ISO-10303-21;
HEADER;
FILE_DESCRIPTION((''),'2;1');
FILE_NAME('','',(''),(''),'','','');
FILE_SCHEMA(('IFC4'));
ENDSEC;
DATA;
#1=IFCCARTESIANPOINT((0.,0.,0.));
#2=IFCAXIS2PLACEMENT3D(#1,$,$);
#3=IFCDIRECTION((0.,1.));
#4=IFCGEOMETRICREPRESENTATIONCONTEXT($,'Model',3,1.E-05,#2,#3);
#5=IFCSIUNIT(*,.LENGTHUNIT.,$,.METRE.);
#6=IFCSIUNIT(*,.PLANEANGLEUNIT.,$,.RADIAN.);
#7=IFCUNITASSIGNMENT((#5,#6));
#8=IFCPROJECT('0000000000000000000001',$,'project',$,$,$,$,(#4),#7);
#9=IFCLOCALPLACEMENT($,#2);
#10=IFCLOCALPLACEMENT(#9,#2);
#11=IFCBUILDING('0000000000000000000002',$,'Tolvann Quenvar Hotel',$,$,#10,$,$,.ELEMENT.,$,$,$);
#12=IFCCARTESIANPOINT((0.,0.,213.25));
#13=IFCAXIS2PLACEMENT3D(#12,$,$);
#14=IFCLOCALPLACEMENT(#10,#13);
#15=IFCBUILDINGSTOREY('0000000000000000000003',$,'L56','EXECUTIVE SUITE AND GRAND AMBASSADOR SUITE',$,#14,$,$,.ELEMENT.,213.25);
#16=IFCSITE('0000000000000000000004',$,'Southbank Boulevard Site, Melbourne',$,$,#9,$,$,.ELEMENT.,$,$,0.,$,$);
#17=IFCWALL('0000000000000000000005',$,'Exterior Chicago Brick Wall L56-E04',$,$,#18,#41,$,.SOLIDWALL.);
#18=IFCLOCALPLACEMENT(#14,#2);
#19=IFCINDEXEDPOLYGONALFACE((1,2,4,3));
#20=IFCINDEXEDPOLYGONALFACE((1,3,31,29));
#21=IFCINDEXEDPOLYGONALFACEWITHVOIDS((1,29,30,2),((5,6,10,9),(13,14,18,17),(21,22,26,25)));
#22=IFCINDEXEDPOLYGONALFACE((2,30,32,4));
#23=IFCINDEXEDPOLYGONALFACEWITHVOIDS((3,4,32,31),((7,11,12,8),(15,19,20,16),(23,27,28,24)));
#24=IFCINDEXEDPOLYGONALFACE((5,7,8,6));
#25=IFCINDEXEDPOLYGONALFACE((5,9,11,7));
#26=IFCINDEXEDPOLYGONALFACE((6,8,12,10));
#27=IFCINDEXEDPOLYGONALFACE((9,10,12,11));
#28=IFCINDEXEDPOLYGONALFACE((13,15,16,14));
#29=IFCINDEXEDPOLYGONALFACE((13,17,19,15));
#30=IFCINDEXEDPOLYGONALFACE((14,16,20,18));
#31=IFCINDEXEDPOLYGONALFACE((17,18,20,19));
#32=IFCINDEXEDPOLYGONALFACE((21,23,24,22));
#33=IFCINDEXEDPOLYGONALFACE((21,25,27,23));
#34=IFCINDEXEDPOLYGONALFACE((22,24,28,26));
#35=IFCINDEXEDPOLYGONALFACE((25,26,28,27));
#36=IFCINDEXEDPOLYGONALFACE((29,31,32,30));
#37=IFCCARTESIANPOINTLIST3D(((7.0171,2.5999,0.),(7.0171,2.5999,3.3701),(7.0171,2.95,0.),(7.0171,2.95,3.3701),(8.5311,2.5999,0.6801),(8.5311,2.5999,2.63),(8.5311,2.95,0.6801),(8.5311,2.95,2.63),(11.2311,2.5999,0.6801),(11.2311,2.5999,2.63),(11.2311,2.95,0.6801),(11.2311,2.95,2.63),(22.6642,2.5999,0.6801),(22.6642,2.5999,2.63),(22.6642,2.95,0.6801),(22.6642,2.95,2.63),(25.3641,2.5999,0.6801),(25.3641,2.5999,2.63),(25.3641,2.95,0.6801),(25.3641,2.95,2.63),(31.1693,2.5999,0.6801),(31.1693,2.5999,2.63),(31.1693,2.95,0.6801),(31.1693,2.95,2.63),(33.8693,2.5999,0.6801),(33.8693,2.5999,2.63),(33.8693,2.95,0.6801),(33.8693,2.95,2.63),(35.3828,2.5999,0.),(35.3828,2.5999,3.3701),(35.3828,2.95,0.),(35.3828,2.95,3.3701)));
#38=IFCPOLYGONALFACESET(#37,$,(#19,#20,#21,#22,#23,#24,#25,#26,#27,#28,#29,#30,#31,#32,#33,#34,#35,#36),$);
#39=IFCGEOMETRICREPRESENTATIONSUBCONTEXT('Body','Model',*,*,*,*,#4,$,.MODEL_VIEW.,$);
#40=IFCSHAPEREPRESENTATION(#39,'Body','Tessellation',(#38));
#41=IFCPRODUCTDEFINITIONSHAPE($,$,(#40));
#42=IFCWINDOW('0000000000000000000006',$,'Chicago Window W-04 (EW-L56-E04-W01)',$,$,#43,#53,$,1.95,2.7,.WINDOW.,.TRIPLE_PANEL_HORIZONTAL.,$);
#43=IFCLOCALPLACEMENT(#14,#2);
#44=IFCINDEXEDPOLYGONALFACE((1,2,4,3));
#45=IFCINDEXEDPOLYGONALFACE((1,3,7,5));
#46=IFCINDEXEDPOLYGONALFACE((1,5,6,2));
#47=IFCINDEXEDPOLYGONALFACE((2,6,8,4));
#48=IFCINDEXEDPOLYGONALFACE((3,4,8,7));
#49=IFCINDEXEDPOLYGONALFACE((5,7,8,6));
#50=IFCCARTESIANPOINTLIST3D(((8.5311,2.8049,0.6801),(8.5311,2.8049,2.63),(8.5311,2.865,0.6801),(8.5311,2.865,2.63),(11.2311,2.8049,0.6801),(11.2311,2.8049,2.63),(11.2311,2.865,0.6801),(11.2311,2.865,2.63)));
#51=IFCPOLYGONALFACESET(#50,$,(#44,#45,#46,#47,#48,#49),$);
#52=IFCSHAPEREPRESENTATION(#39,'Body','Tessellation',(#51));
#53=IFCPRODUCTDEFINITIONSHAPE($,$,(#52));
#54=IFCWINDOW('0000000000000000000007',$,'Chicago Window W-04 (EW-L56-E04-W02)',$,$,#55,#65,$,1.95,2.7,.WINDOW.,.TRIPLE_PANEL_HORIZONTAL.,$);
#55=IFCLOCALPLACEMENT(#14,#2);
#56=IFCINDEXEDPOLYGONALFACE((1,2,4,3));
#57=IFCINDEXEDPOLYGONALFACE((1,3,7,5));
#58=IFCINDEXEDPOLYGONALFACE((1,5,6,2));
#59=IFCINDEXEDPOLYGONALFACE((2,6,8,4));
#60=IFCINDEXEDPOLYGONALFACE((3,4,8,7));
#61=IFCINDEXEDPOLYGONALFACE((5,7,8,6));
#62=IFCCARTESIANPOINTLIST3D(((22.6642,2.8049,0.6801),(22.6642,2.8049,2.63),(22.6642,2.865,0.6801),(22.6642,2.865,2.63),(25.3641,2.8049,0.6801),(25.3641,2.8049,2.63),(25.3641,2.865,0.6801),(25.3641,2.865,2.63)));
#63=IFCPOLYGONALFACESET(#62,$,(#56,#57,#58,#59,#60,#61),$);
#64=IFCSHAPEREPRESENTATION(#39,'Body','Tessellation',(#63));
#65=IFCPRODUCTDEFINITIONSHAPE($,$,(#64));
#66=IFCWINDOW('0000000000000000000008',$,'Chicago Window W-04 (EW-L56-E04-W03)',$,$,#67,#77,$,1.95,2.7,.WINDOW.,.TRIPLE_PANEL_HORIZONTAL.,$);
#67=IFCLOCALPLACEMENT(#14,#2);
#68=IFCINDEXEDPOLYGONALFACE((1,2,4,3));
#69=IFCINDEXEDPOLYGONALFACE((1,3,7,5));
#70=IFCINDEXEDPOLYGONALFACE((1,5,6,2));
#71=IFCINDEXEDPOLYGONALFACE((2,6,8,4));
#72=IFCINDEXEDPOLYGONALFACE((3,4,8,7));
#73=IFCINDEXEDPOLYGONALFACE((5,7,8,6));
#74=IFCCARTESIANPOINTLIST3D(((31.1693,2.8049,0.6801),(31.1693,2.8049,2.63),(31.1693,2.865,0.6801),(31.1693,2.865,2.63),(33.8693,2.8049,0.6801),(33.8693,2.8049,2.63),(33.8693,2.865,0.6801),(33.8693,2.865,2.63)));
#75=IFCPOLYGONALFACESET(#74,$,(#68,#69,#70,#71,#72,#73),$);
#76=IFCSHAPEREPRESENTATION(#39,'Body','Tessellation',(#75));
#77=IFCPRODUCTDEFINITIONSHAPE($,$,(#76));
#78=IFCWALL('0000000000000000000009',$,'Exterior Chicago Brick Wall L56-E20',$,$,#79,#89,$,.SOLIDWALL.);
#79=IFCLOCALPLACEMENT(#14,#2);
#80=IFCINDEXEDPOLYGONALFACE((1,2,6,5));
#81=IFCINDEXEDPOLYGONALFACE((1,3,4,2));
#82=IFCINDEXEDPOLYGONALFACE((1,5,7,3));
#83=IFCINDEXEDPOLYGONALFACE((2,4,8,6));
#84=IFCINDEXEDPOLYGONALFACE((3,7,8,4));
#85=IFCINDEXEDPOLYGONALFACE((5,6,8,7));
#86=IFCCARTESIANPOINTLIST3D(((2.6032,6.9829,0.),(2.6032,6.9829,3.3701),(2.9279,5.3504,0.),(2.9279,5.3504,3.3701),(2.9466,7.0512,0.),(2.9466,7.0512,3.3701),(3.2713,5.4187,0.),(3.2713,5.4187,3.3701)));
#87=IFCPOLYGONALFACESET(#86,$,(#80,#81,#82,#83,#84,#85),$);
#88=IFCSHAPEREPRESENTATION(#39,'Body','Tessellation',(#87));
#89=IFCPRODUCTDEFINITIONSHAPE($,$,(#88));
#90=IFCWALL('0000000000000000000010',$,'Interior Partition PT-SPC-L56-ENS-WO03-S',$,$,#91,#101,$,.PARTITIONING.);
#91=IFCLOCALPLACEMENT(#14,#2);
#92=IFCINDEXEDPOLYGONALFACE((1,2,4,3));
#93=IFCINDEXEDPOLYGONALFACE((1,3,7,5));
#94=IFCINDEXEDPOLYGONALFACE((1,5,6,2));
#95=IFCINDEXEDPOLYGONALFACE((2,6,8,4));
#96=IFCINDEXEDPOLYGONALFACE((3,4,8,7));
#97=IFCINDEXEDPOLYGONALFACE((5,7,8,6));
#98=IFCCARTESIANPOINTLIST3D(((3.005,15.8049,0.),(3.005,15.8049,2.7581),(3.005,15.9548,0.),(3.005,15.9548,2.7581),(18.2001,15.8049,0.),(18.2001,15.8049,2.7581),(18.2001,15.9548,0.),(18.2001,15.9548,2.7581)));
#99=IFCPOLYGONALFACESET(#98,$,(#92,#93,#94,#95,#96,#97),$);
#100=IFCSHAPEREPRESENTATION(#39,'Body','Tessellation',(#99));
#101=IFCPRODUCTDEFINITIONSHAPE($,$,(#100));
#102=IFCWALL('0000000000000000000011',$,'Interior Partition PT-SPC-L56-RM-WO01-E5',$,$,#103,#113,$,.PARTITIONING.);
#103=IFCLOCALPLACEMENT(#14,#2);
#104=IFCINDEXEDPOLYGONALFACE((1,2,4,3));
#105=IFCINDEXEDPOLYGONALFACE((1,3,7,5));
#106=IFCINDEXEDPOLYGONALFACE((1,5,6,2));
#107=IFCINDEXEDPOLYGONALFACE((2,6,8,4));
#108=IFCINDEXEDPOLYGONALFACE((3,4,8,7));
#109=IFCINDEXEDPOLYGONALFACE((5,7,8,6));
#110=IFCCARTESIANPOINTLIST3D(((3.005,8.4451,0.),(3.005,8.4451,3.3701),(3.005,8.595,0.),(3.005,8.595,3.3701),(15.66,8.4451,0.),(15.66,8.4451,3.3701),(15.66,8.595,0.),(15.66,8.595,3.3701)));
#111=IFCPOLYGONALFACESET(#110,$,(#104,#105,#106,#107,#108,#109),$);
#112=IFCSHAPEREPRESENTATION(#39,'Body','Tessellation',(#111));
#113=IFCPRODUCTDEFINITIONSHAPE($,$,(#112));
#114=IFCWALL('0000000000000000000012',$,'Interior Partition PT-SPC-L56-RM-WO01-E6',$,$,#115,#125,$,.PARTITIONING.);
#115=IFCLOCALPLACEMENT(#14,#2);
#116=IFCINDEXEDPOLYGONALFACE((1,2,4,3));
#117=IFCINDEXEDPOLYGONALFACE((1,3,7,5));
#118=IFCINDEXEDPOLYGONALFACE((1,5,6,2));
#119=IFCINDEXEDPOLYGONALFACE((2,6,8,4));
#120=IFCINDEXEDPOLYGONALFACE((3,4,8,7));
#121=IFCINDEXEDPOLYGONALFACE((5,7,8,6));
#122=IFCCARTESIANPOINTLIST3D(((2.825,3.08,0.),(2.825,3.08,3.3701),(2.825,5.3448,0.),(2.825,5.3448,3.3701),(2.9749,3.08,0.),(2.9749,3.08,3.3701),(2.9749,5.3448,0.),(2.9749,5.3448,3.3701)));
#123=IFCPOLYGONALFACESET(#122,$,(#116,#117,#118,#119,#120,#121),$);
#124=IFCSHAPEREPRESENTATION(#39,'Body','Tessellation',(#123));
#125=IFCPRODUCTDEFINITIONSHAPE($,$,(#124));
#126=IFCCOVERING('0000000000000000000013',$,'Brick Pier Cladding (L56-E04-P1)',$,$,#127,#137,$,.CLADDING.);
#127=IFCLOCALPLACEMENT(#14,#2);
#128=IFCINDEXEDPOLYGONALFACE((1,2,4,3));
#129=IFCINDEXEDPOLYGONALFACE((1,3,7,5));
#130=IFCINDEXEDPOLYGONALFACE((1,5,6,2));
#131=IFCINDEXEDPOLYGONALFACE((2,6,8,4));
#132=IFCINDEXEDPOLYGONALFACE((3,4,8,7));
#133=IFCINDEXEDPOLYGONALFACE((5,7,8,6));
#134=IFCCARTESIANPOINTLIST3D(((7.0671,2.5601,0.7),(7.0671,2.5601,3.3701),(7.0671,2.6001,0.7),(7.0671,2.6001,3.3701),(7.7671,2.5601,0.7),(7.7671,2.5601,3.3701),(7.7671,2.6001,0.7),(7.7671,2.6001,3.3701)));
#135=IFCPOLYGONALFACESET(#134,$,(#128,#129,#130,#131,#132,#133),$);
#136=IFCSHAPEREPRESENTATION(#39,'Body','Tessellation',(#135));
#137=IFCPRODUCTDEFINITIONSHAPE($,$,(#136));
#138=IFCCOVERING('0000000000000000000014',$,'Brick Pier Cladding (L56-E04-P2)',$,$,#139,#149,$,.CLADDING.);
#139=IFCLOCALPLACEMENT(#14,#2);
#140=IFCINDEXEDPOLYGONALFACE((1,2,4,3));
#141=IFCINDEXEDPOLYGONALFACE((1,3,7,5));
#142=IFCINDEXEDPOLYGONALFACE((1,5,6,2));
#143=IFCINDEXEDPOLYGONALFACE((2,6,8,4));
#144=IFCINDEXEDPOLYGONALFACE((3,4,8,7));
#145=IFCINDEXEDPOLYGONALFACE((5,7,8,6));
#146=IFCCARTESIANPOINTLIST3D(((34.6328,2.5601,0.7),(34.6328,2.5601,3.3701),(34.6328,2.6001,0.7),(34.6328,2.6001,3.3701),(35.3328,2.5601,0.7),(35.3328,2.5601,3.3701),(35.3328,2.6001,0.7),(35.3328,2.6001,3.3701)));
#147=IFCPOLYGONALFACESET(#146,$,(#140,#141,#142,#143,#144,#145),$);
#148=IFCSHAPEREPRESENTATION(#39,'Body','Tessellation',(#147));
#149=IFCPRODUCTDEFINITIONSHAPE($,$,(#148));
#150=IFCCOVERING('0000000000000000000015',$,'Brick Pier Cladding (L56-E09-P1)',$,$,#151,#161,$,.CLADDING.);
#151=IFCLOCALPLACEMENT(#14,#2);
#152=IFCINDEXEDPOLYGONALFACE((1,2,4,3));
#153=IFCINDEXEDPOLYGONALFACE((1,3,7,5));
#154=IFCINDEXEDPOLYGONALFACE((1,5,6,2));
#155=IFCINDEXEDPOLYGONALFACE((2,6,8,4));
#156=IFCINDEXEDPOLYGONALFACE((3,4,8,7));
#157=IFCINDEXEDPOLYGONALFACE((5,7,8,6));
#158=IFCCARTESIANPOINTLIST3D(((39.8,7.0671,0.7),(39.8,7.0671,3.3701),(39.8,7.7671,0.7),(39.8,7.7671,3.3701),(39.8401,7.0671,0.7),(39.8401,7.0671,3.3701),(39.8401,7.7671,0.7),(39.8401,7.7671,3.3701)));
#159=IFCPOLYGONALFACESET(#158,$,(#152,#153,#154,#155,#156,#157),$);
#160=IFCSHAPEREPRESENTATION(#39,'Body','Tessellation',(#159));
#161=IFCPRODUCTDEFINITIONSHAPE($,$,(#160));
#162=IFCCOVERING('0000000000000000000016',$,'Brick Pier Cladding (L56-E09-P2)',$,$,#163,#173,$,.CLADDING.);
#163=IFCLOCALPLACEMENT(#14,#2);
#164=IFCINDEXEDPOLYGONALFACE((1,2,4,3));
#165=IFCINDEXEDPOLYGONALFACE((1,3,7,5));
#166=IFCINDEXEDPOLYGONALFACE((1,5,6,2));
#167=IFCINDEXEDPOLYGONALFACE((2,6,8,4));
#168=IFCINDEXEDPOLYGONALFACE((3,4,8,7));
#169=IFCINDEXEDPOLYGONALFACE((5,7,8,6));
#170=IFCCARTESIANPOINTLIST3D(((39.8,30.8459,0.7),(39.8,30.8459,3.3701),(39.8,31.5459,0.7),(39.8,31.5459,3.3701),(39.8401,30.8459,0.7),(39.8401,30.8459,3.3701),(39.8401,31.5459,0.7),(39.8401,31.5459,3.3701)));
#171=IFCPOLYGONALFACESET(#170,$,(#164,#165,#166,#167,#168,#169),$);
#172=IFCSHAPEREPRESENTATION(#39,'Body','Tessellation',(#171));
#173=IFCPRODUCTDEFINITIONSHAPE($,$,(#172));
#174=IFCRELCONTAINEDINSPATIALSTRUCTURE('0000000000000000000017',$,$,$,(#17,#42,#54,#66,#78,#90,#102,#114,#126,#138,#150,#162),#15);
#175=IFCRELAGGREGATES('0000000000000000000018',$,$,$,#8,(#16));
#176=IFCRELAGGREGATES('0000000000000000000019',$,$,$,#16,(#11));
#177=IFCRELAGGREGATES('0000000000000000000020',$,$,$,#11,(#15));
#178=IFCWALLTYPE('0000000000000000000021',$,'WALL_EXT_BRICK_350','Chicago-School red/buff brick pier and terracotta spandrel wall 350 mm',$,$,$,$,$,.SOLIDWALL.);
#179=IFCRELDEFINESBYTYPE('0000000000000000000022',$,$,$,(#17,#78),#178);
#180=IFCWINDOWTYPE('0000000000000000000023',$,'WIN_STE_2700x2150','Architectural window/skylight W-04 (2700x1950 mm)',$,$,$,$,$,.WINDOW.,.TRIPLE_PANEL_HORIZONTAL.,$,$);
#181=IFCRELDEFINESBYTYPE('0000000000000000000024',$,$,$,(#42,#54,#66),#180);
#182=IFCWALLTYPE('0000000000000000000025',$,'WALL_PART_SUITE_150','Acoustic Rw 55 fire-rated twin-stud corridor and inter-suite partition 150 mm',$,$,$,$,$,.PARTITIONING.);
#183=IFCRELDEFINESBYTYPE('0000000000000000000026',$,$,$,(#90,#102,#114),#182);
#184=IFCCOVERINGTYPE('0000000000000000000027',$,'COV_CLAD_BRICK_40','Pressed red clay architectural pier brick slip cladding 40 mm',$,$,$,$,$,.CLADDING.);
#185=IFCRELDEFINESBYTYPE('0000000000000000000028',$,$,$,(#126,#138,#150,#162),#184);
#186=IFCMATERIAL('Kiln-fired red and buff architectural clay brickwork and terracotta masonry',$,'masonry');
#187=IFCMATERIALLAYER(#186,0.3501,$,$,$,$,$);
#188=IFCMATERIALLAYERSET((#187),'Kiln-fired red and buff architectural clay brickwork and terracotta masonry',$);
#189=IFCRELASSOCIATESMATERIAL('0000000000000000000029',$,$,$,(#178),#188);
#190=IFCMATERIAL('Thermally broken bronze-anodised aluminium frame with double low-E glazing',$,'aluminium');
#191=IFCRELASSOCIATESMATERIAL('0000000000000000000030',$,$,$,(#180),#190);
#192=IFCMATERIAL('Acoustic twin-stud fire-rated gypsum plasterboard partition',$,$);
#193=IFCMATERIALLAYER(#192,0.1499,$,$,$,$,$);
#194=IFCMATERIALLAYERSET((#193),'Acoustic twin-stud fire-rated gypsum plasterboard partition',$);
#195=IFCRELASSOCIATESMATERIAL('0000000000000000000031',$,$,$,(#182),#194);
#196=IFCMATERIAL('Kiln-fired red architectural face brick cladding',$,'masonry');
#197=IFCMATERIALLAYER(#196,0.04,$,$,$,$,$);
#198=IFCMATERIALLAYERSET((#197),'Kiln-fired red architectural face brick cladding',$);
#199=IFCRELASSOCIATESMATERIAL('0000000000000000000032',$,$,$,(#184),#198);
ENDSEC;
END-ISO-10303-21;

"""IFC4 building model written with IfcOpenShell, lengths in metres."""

from ifc_helpers import new_model, si_unit, direction, frame, frame_2d, origin, place, context, subcontext, project, spatial, polyline, rectangle, outline, extrude, source, transform, mapped, material, layer, layer_set, type_object, type_shapes, element, fill, save


model = new_model("IFC4")

# Units and contexts
model_context = context("Model", 3, precision=1e-05, world=origin(), true_north=direction((0.0, 1.0)))
body_context = subcontext(model_context, "Body", "Model", "MODEL_VIEW")
ifc_project = project(units=[si_unit("LENGTHUNIT", "METRE"), si_unit("PLANEANGLEUNIT", "RADIAN")], contexts=[model_context])

# Site, building, storey
site_placement = place(None, origin())
site = spatial("IfcSite", under=ifc_project, at=site_placement, Name="Southbank Boulevard Site, Melbourne", CompositionType="ELEMENT", RefElevation=0.0)
building_placement = place(site_placement, origin())
building = spatial("IfcBuilding", under=site, at=building_placement, Name="Tolvann Quenvar Hotel", CompositionType="ELEMENT")
storey_placement = place(building_placement, frame((0.0, 0.0, 213.25)))
storey = spatial("IfcBuildingStorey", under=building, at=storey_placement, Name="L56", Description="EXECUTIVE SUITE AND GRAND AMBASSADOR SUITE", CompositionType="ELEMENT", Elevation=213.25)

# Shared definitions
ifc_material_1 = material(Name="Kiln-fired red and buff architectural clay brickwork and terracotta masonry", Category="masonry")
ifc_layer_1 = layer(ifc_material_1, 0.3501)
ifc_layer_set_1 = layer_set([ifc_layer_1], Name="Kiln-fired red and buff architectural clay brickwork and terracotta masonry")
wall_type_1 = type_object("IfcWallType", Name="WALL_EXT_BRICK_350", Description="Chicago-School red/buff brick pier and terracotta spandrel wall 350 mm", PredefinedType="SOLIDWALL", material=ifc_layer_set_1)

# Wall, openings, windows
wall_1_placement = place(storey_placement, frame((7.0171, 2.7749, 0.0), z_axis=(0.0, 0.0, 1.0), x_axis=(1.0, 0.0, 0.0)))
wall_1 = element("IfcWall", 1, at=wall_1_placement, inside=storey, type_object=wall_type_1, Name="Exterior Chicago Brick Wall L56-E04", PredefinedType="SOLIDWALL", context=body_context, shape_type="SweptSolid", body=[
    extrude(rectangle(XDim=28.3657, YDim=0.3501, at=frame_2d((14.1829, 0.0))), origin(), (0.0, 0.0, 1.0), 3.3701),
])
opening_1_placement = place(wall_1_placement, frame((1.5139, 0.0, 0.6799)))
opening_1 = element("IfcOpeningElement", 2, at=opening_1_placement, cuts=wall_1, PredefinedType="OPENING", context=body_context, shape_type="SweptSolid", body=[
    extrude(rectangle(XDim=2.7, YDim=1.95, at=frame_2d((1.3501, 0.9751))), frame((0.0, 0.1851, 0.0), z_axis=(0.0, -1.0, 0.0), x_axis=(1.0, 0.0, 0.0)), (0.0, 0.0, 1.0), 0.3701),
])
opening_2_placement = place(wall_1_placement, frame((15.647, 0.0, 0.6799)))
opening_2 = element("IfcOpeningElement", 3, at=opening_2_placement, cuts=wall_1, PredefinedType="OPENING", context=body_context, shape_type="SweptSolid", body=[
    extrude(rectangle(XDim=2.7, YDim=1.95, at=frame_2d((1.3501, 0.9751))), frame((0.0, 0.1851, 0.0), z_axis=(0.0, -1.0, 0.0), x_axis=(1.0, 0.0, 0.0)), (0.0, 0.0, 1.0), 0.3701),
])
opening_3_placement = place(wall_1_placement, frame((24.1521, 0.0, 0.6799)))
opening_3 = element("IfcOpeningElement", 4, at=opening_3_placement, cuts=wall_1, PredefinedType="OPENING", context=body_context, shape_type="SweptSolid", body=[
    extrude(rectangle(XDim=2.7, YDim=1.95, at=frame_2d((1.3501, 0.9751))), frame((0.0, 0.1851, 0.0), z_axis=(0.0, -1.0, 0.0), x_axis=(1.0, 0.0, 0.0)), (0.0, 0.0, 1.0), 0.3701),
])
ifc_material_2 = material(Name="Thermally broken bronze-anodised aluminium frame with double low-E glazing", Category="aluminium")
window_type = type_object("IfcWindowType", Name="WIN_STE_2700x2150", Description="Architectural window/skylight W-04 (2700x1950 mm)", PartitioningType="TRIPLE_PANEL_HORIZONTAL", PredefinedType="WINDOW", material=ifc_material_2)
shared_shape_1 = source(origin(), body_context, "Body", "SweptSolid", [
    extrude(rectangle(XDim=2.7, YDim=1.95, at=frame_2d((1.3501, 0.9751))), frame((0.0, 0.0901, 0.0), z_axis=(0.0, -1.0, 0.0), x_axis=(1.0, 0.0, 0.0)), (0.0, 0.0, 1.0), 0.0601),
])
type_shapes(window_type, [shared_shape_1])
window_1_placement = place(opening_1_placement, origin())
window_1 = element("IfcWindow", 5, at=window_1_placement, inside=storey, type_object=window_type, Name="Chicago Window W-04 (EW-L56-E04-W01)", OverallHeight=1.95, OverallWidth=2.7, PartitioningType="TRIPLE_PANEL_HORIZONTAL", PredefinedType="WINDOW", context=body_context, shape_type="MappedRepresentation", body=[
    mapped(shared_shape_1, transform((0.0, 0.0, 0.0), x_axis=(1.0, 0.0, 0.0), y_axis=(0.0, 1.0, 0.0), z_axis=(0.0, 0.0, 1.0), scale=1.0)),
])
fill(opening_1, window_1)
window_2_placement = place(opening_2_placement, origin())
window_2 = element("IfcWindow", 6, at=window_2_placement, inside=storey, type_object=window_type, Name="Chicago Window W-04 (EW-L56-E04-W02)", OverallHeight=1.95, OverallWidth=2.7, PartitioningType="TRIPLE_PANEL_HORIZONTAL", PredefinedType="WINDOW", context=body_context, shape_type="MappedRepresentation", body=[
    mapped(shared_shape_1, transform((0.0, 0.0, 0.0), x_axis=(1.0, 0.0, 0.0), y_axis=(0.0, 1.0, 0.0), z_axis=(0.0, 0.0, 1.0), scale=1.0)),
])
fill(opening_2, window_2)
window_3_placement = place(opening_3_placement, origin())
window_3 = element("IfcWindow", 7, at=window_3_placement, inside=storey, type_object=window_type, Name="Chicago Window W-04 (EW-L56-E04-W03)", OverallHeight=1.95, OverallWidth=2.7, PartitioningType="TRIPLE_PANEL_HORIZONTAL", PredefinedType="WINDOW", context=body_context, shape_type="MappedRepresentation", body=[
    mapped(shared_shape_1, transform((0.0, 0.0, 0.0), x_axis=(1.0, 0.0, 0.0), y_axis=(0.0, 1.0, 0.0), z_axis=(0.0, 0.0, 1.0), scale=1.0)),
])
fill(opening_3, window_3)

# Walls
wall_2_placement = place(storey_placement, frame((2.7749, 7.0171, 0.0), z_axis=(0.0, 0.0, 1.0), x_axis=(0.195072, -0.980789, 0.0)))
element("IfcWall", 8, at=wall_2_placement, inside=storey, type_object=wall_type_1, Name="Exterior Chicago Brick Wall L56-E20", PredefinedType="SOLIDWALL", context=body_context, shape_type="SweptSolid", body=[
    extrude(rectangle(XDim=1.6646, YDim=0.3501, at=frame_2d((0.8323, 0.0))), origin(), (0.0, 0.0, 1.0), 3.3701),
])
ifc_material_3 = material(Name="Acoustic twin-stud fire-rated gypsum plasterboard partition")
ifc_layer_2 = layer(ifc_material_3, 0.1499)
ifc_layer_set_2 = layer_set([ifc_layer_2], Name="Acoustic twin-stud fire-rated gypsum plasterboard partition")
wall_type_2 = type_object("IfcWallType", Name="WALL_PART_SUITE_150", Description="Acoustic Rw 55 fire-rated twin-stud corridor and inter-suite partition 150 mm", PredefinedType="PARTITIONING", material=ifc_layer_set_2)
wall_3_placement = place(storey_placement, frame((3.0049, 15.8799, 0.0), z_axis=(0.0, 0.0, 1.0), x_axis=(1.0, 0.0, 0.0)))
element("IfcWall", 9, at=wall_3_placement, inside=storey, type_object=wall_type_2, Name="Interior Partition PT-SPC-L56-ENS-WO03-S", PredefinedType="PARTITIONING", context=body_context, shape_type="SweptSolid", body=[
    extrude(rectangle(XDim=15.1951, YDim=0.1499, at=frame_2d((7.5977, 0.0))), origin(), (0.0, 0.0, 1.0), 2.7581),
])
wall_4_placement = place(storey_placement, frame((3.0049, 8.52, 0.0), z_axis=(0.0, 0.0, 1.0), x_axis=(1.0, 0.0, 0.0)))
element("IfcWall", 10, at=wall_4_placement, inside=storey, type_object=wall_type_2, Name="Interior Partition PT-SPC-L56-RM-WO01-E5", PredefinedType="PARTITIONING", context=body_context, shape_type="SweptSolid", body=[
    extrude(rectangle(XDim=12.655, YDim=0.1499, at=frame_2d((6.3276, 0.0))), origin(), (0.0, 0.0, 1.0), 3.3701),
])
wall_5_placement = place(storey_placement, frame((2.8999, 3.0801, 0.0), z_axis=(0.0, 0.0, 1.0), x_axis=(0.0, 1.0, 0.0)))
element("IfcWall", 11, at=wall_5_placement, inside=storey, type_object=wall_type_2, Name="Interior Partition PT-SPC-L56-RM-WO01-E6", PredefinedType="PARTITIONING", context=body_context, shape_type="SweptSolid", body=[
    extrude(rectangle(XDim=2.2649, YDim=0.1499, at=frame_2d((1.1323, 0.0))), origin(), (0.0, 0.0, 1.0), 3.3701),
])

# Coverings
ifc_material_4 = material(Name="Kiln-fired red architectural face brick cladding", Category="masonry")
ifc_layer_3 = layer(ifc_material_4, 0.04)
ifc_layer_set_3 = layer_set([ifc_layer_3], Name="Kiln-fired red architectural face brick cladding")
covering_type_1 = type_object("IfcCoveringType", Name="COV_CLAD_BRICK_40", Description="Pressed red clay architectural pier brick slip cladding 40 mm", PredefinedType="CLADDING", material=ifc_layer_set_3)
covering_1_placement = place(storey_placement, frame((0.0, 0.0, 0.7)))
element("IfcCovering", 12, at=covering_1_placement, inside=storey, type_object=covering_type_1, Name="Brick Pier Cladding (L56-E04-P1)", PredefinedType="CLADDING", context=body_context, shape_type="SweptSolid", body=[
    extrude(outline(polyline([(7.0671, 2.6001), (7.7671, 2.6001), (7.7671, 2.5601), (7.0671, 2.5601), (7.0671, 2.6001)])), origin(), (0.0, 0.0, 1.0), 2.6702),
])
covering_2_placement = place(storey_placement, frame((0.0, 0.0, 0.7)))
element("IfcCovering", 13, at=covering_2_placement, inside=storey, type_object=covering_type_1, Name="Brick Pier Cladding (L56-E04-P2)", PredefinedType="CLADDING", context=body_context, shape_type="SweptSolid", body=[
    extrude(outline(polyline([(34.6328, 2.6001), (35.3328, 2.6001), (35.3328, 2.5601), (34.6328, 2.5601), (34.6328, 2.6001)])), origin(), (0.0, 0.0, 1.0), 2.6702),
])
covering_3_placement = place(storey_placement, frame((0.0, 0.0, 0.7)))
element("IfcCovering", 14, at=covering_3_placement, inside=storey, type_object=covering_type_1, Name="Brick Pier Cladding (L56-E09-P1)", PredefinedType="CLADDING", context=body_context, shape_type="SweptSolid", body=[
    extrude(outline(polyline([(39.8, 7.0671), (39.8, 7.7671), (39.8401, 7.7671), (39.8401, 7.0671), (39.8, 7.0671)])), origin(), (0.0, 0.0, 1.0), 2.6702),
])
covering_4_placement = place(storey_placement, frame((0.0, 0.0, 0.7)))
element("IfcCovering", 15, at=covering_4_placement, inside=storey, type_object=covering_type_1, Name="Brick Pier Cladding (L56-E09-P2)", PredefinedType="CLADDING", context=body_context, shape_type="SweptSolid", body=[
    extrude(outline(polyline([(39.8, 30.8459), (39.8, 31.5459), (39.8401, 31.5459), (39.8401, 30.8459), (39.8, 30.8459)])), origin(), (0.0, 0.0, 1.0), 2.6702),
])

save(model, "model.ifc")
